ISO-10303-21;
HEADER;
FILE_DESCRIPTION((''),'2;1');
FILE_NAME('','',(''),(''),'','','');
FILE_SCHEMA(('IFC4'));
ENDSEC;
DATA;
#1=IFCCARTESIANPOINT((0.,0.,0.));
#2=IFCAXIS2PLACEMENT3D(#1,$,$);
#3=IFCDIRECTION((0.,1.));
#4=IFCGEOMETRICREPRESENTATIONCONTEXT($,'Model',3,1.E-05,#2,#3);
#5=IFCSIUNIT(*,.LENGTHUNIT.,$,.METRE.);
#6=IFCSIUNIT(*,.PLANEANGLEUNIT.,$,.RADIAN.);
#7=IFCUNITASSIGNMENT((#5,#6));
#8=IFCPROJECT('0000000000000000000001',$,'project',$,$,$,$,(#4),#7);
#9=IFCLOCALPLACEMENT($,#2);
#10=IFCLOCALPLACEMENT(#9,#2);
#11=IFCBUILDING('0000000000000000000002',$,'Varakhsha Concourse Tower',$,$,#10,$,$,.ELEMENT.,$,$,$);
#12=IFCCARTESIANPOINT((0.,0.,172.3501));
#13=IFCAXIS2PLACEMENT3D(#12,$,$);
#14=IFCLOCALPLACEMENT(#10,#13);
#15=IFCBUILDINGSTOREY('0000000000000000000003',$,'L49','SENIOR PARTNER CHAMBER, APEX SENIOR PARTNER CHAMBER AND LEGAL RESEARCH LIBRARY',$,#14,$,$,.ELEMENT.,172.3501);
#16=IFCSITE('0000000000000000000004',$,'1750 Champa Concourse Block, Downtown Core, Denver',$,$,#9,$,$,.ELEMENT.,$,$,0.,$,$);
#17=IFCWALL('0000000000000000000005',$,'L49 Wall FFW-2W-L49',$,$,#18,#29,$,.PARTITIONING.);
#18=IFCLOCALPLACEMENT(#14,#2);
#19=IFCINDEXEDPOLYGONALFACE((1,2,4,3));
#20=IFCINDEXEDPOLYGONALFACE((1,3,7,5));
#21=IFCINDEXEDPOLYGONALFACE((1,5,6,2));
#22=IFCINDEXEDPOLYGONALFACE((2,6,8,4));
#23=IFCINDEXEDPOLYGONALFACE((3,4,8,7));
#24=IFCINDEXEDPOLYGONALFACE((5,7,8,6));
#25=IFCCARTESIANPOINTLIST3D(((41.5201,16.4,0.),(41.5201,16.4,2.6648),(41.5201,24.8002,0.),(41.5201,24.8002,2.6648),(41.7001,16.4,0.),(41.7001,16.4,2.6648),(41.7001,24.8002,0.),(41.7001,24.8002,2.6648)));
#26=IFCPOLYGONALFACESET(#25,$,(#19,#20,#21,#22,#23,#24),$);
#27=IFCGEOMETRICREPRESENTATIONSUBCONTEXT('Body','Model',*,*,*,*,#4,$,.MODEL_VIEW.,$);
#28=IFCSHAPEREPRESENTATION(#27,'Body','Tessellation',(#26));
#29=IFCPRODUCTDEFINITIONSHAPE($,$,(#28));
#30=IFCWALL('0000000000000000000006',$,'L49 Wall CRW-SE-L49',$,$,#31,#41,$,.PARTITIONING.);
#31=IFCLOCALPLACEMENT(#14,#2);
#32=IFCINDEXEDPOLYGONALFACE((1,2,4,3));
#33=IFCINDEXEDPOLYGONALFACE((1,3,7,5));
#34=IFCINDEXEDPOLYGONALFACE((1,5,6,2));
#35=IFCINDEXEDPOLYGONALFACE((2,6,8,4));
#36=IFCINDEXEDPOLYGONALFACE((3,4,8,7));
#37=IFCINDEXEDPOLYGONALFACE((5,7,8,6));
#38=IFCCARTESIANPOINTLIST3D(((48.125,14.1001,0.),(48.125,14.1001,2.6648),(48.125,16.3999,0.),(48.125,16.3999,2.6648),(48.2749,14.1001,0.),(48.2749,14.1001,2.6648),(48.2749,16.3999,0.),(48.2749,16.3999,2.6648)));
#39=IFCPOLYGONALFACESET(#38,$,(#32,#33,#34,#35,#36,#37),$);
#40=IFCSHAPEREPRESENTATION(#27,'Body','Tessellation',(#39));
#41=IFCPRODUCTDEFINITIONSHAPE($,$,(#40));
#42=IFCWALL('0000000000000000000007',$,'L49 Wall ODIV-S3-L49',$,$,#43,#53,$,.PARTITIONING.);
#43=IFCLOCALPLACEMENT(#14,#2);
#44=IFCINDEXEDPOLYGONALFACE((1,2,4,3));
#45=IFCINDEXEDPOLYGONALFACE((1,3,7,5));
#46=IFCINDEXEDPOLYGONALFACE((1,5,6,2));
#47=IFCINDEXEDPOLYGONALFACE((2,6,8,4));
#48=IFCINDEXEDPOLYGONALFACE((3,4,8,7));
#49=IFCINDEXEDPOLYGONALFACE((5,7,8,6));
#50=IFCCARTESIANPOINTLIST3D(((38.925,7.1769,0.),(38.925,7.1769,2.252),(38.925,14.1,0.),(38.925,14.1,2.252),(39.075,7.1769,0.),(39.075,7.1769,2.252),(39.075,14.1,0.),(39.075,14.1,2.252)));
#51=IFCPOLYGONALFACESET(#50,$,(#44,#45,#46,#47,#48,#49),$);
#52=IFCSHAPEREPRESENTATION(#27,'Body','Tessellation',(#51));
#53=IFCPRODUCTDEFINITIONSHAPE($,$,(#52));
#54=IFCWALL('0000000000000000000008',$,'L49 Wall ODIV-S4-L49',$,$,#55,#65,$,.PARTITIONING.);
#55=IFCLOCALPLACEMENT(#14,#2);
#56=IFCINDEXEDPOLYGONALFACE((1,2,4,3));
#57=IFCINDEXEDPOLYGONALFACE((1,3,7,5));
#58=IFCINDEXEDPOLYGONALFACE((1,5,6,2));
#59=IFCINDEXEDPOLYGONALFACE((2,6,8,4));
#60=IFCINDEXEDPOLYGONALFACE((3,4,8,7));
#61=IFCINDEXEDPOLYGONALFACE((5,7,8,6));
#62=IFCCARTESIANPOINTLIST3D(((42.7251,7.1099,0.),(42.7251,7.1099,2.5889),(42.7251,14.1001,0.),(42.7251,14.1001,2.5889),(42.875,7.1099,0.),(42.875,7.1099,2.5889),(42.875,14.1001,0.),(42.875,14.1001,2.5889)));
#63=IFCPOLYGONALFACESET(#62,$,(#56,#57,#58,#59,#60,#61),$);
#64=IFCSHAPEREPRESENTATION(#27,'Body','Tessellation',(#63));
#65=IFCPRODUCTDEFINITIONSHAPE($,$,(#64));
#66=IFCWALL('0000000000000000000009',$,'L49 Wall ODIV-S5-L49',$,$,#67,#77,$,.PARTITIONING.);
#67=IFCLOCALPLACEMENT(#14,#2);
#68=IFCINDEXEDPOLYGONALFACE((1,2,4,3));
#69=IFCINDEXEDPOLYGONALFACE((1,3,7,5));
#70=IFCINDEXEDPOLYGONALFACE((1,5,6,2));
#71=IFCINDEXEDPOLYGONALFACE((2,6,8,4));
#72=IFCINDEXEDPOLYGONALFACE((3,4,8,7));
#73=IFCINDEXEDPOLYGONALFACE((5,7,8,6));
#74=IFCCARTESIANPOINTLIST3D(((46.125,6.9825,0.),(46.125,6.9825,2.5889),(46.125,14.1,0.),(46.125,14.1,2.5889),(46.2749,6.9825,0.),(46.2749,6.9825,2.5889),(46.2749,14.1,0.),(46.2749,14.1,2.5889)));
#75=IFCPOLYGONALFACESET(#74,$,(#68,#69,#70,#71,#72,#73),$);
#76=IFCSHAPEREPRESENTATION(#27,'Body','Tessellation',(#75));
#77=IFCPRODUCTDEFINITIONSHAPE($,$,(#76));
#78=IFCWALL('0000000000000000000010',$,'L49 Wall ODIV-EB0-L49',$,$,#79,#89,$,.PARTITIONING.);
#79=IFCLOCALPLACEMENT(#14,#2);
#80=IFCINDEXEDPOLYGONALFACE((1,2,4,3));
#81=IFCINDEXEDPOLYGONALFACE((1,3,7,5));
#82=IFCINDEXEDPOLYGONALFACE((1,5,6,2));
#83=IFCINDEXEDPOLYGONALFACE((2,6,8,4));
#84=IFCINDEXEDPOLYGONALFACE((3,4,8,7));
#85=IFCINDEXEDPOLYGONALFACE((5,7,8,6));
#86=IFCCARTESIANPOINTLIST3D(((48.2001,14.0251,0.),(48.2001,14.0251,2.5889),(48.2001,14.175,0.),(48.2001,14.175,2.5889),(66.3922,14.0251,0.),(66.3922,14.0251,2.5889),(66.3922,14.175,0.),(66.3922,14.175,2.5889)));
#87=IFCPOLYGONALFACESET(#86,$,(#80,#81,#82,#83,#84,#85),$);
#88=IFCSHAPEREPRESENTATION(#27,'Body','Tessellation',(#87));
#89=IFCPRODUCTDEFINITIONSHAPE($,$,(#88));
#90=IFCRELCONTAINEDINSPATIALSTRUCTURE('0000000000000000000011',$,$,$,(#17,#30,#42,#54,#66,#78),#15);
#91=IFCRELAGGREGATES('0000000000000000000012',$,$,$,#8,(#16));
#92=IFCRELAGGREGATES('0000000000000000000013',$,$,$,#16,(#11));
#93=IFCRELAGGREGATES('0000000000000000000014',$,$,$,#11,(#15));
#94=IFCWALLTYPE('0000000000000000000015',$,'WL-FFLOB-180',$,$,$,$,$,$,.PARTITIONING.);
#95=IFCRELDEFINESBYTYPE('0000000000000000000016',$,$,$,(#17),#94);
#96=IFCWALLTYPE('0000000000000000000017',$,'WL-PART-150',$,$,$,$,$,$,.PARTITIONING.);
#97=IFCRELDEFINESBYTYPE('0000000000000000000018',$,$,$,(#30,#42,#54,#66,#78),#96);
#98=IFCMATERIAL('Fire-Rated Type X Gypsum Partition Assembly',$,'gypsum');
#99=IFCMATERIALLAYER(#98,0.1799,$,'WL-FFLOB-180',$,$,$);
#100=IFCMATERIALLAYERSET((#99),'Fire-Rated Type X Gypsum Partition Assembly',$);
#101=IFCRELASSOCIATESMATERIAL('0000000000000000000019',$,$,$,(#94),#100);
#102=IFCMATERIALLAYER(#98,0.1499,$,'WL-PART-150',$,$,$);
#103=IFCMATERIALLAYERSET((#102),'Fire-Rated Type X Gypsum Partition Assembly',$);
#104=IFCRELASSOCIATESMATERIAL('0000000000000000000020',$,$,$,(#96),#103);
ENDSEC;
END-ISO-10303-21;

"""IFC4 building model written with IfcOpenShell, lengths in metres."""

from ifc_helpers import new_model, si_unit, direction, frame, frame_2d, origin, place, context, subcontext, project, spatial, rectangle, extrude, material, layer, layer_set, type_object, element, save


model = new_model("IFC4")

# Units and contexts
model_context = context("Model", 3, precision=1e-05, world=origin(), true_north=direction((0.0, 1.0)))
body_context = subcontext(model_context, "Body", "Model", "MODEL_VIEW")
ifc_project = project(units=[si_unit("LENGTHUNIT", "METRE"), si_unit("PLANEANGLEUNIT", "RADIAN")], contexts=[model_context])

# Site, building, storey
site_placement = place(None, origin())
site = spatial("IfcSite", under=ifc_project, at=site_placement, Name="1750 Champa Concourse Block, Downtown Core, Denver", CompositionType="ELEMENT", RefElevation=0.0)
building_placement = place(site_placement, origin())
building = spatial("IfcBuilding", under=site, at=building_placement, Name="Varakhsha Concourse Tower", CompositionType="ELEMENT")
storey_placement = place(building_placement, frame((0.0, 0.0, 172.3501)))
storey = spatial("IfcBuildingStorey", under=building, at=storey_placement, Name="L49", Description="SENIOR PARTNER CHAMBER, APEX SENIOR PARTNER CHAMBER AND LEGAL RESEARCH LIBRARY", CompositionType="ELEMENT", Elevation=172.3501)

# Shared definitions
ifc_material_1 = material(Name="Fire-Rated Type X Gypsum Partition Assembly", Category="gypsum")
ifc_layer_1 = layer(ifc_material_1, 0.1799, Name="WL-FFLOB-180")
ifc_layer_set_1 = layer_set([ifc_layer_1], Name="Fire-Rated Type X Gypsum Partition Assembly")
wall_type_1 = type_object("IfcWallType", Name="WL-FFLOB-180", PredefinedType="PARTITIONING", material=ifc_layer_set_1)

# Walls
wall_1_placement = place(storey_placement, frame((41.6101, 16.3999, 0.0), z_axis=(0.0, 0.0, 1.0), x_axis=(0.0, 1.0, 0.0)))
element("IfcWall", 1, at=wall_1_placement, inside=storey, type_object=wall_type_1, Name="L49 Wall FFW-2W-L49", PredefinedType="PARTITIONING", context=body_context, shape_type="SweptSolid", body=[
    extrude(rectangle(XDim=8.4001, YDim=0.1799, at=frame_2d((4.2002, 0.0))), origin(), (0.0, 0.0, 1.0), 2.6648),
])
ifc_layer_2 = layer(ifc_material_1, 0.1499, Name="WL-PART-150")
ifc_layer_set_2 = layer_set([ifc_layer_2], Name="Fire-Rated Type X Gypsum Partition Assembly")
wall_type_2 = type_object("IfcWallType", Name="WL-PART-150", PredefinedType="PARTITIONING", material=ifc_layer_set_2)
wall_2_placement = place(storey_placement, frame((48.2, 14.1001, 0.0), z_axis=(0.0, 0.0, 1.0), x_axis=(0.0, 1.0, 0.0)))
element("IfcWall", 2, at=wall_2_placement, inside=storey, type_object=wall_type_2, Name="L49 Wall CRW-SE-L49", PredefinedType="PARTITIONING", context=body_context, shape_type="SweptSolid", body=[
    extrude(rectangle(XDim=2.2998, YDim=0.1499, at=frame_2d((1.1499, 0.0))), origin(), (0.0, 0.0, 1.0), 2.6648),
])
wall_3_placement = place(storey_placement, frame((39.0, 7.177, 0.0), z_axis=(0.0, 0.0, 1.0), x_axis=(0.0, 1.0, 0.0)))
element("IfcWall", 3, at=wall_3_placement, inside=storey, type_object=wall_type_2, Name="L49 Wall ODIV-S3-L49", PredefinedType="PARTITIONING", context=body_context, shape_type="SweptSolid", body=[
    extrude(rectangle(XDim=6.9231, YDim=0.1499, at=frame_2d((3.4614, 0.0))), origin(), (0.0, 0.0, 1.0), 2.252),
])
wall_4_placement = place(storey_placement, frame((42.8, 7.1099, 0.0), z_axis=(0.0, 0.0, 1.0), x_axis=(0.0, 1.0, 0.0)))
element("IfcWall", 4, at=wall_4_placement, inside=storey, type_object=wall_type_2, Name="L49 Wall ODIV-S4-L49", PredefinedType="PARTITIONING", context=body_context, shape_type="SweptSolid", body=[
    extrude(rectangle(XDim=6.9902, YDim=0.1499, at=frame_2d((3.4951, 0.0))), origin(), (0.0, 0.0, 1.0), 2.5889),
])
wall_5_placement = place(storey_placement, frame((46.2, 6.9827, 0.0), z_axis=(0.0, 0.0, 1.0), x_axis=(0.0, 1.0, 0.0)))
element("IfcWall", 5, at=wall_5_placement, inside=storey, type_object=wall_type_2, Name="L49 Wall ODIV-S5-L49", PredefinedType="PARTITIONING", context=body_context, shape_type="SweptSolid", body=[
    extrude(rectangle(XDim=7.1174, YDim=0.1499, at=frame_2d((3.5586, 0.0))), origin(), (0.0, 0.0, 1.0), 2.5889),
])
wall_6_placement = place(storey_placement, frame((48.2, 14.1001, 0.0), z_axis=(0.0, 0.0, 1.0), x_axis=(1.0, 0.0, 0.0)))
element("IfcWall", 6, at=wall_6_placement, inside=storey, type_object=wall_type_2, Name="L49 Wall ODIV-EB0-L49", PredefinedType="PARTITIONING", context=body_context, shape_type="SweptSolid", body=[
    extrude(rectangle(XDim=18.1921, YDim=0.1499, at=frame_2d((9.0962, 0.0))), origin(), (0.0, 0.0, 1.0), 2.5889),
])

save(model, "model.ifc")
